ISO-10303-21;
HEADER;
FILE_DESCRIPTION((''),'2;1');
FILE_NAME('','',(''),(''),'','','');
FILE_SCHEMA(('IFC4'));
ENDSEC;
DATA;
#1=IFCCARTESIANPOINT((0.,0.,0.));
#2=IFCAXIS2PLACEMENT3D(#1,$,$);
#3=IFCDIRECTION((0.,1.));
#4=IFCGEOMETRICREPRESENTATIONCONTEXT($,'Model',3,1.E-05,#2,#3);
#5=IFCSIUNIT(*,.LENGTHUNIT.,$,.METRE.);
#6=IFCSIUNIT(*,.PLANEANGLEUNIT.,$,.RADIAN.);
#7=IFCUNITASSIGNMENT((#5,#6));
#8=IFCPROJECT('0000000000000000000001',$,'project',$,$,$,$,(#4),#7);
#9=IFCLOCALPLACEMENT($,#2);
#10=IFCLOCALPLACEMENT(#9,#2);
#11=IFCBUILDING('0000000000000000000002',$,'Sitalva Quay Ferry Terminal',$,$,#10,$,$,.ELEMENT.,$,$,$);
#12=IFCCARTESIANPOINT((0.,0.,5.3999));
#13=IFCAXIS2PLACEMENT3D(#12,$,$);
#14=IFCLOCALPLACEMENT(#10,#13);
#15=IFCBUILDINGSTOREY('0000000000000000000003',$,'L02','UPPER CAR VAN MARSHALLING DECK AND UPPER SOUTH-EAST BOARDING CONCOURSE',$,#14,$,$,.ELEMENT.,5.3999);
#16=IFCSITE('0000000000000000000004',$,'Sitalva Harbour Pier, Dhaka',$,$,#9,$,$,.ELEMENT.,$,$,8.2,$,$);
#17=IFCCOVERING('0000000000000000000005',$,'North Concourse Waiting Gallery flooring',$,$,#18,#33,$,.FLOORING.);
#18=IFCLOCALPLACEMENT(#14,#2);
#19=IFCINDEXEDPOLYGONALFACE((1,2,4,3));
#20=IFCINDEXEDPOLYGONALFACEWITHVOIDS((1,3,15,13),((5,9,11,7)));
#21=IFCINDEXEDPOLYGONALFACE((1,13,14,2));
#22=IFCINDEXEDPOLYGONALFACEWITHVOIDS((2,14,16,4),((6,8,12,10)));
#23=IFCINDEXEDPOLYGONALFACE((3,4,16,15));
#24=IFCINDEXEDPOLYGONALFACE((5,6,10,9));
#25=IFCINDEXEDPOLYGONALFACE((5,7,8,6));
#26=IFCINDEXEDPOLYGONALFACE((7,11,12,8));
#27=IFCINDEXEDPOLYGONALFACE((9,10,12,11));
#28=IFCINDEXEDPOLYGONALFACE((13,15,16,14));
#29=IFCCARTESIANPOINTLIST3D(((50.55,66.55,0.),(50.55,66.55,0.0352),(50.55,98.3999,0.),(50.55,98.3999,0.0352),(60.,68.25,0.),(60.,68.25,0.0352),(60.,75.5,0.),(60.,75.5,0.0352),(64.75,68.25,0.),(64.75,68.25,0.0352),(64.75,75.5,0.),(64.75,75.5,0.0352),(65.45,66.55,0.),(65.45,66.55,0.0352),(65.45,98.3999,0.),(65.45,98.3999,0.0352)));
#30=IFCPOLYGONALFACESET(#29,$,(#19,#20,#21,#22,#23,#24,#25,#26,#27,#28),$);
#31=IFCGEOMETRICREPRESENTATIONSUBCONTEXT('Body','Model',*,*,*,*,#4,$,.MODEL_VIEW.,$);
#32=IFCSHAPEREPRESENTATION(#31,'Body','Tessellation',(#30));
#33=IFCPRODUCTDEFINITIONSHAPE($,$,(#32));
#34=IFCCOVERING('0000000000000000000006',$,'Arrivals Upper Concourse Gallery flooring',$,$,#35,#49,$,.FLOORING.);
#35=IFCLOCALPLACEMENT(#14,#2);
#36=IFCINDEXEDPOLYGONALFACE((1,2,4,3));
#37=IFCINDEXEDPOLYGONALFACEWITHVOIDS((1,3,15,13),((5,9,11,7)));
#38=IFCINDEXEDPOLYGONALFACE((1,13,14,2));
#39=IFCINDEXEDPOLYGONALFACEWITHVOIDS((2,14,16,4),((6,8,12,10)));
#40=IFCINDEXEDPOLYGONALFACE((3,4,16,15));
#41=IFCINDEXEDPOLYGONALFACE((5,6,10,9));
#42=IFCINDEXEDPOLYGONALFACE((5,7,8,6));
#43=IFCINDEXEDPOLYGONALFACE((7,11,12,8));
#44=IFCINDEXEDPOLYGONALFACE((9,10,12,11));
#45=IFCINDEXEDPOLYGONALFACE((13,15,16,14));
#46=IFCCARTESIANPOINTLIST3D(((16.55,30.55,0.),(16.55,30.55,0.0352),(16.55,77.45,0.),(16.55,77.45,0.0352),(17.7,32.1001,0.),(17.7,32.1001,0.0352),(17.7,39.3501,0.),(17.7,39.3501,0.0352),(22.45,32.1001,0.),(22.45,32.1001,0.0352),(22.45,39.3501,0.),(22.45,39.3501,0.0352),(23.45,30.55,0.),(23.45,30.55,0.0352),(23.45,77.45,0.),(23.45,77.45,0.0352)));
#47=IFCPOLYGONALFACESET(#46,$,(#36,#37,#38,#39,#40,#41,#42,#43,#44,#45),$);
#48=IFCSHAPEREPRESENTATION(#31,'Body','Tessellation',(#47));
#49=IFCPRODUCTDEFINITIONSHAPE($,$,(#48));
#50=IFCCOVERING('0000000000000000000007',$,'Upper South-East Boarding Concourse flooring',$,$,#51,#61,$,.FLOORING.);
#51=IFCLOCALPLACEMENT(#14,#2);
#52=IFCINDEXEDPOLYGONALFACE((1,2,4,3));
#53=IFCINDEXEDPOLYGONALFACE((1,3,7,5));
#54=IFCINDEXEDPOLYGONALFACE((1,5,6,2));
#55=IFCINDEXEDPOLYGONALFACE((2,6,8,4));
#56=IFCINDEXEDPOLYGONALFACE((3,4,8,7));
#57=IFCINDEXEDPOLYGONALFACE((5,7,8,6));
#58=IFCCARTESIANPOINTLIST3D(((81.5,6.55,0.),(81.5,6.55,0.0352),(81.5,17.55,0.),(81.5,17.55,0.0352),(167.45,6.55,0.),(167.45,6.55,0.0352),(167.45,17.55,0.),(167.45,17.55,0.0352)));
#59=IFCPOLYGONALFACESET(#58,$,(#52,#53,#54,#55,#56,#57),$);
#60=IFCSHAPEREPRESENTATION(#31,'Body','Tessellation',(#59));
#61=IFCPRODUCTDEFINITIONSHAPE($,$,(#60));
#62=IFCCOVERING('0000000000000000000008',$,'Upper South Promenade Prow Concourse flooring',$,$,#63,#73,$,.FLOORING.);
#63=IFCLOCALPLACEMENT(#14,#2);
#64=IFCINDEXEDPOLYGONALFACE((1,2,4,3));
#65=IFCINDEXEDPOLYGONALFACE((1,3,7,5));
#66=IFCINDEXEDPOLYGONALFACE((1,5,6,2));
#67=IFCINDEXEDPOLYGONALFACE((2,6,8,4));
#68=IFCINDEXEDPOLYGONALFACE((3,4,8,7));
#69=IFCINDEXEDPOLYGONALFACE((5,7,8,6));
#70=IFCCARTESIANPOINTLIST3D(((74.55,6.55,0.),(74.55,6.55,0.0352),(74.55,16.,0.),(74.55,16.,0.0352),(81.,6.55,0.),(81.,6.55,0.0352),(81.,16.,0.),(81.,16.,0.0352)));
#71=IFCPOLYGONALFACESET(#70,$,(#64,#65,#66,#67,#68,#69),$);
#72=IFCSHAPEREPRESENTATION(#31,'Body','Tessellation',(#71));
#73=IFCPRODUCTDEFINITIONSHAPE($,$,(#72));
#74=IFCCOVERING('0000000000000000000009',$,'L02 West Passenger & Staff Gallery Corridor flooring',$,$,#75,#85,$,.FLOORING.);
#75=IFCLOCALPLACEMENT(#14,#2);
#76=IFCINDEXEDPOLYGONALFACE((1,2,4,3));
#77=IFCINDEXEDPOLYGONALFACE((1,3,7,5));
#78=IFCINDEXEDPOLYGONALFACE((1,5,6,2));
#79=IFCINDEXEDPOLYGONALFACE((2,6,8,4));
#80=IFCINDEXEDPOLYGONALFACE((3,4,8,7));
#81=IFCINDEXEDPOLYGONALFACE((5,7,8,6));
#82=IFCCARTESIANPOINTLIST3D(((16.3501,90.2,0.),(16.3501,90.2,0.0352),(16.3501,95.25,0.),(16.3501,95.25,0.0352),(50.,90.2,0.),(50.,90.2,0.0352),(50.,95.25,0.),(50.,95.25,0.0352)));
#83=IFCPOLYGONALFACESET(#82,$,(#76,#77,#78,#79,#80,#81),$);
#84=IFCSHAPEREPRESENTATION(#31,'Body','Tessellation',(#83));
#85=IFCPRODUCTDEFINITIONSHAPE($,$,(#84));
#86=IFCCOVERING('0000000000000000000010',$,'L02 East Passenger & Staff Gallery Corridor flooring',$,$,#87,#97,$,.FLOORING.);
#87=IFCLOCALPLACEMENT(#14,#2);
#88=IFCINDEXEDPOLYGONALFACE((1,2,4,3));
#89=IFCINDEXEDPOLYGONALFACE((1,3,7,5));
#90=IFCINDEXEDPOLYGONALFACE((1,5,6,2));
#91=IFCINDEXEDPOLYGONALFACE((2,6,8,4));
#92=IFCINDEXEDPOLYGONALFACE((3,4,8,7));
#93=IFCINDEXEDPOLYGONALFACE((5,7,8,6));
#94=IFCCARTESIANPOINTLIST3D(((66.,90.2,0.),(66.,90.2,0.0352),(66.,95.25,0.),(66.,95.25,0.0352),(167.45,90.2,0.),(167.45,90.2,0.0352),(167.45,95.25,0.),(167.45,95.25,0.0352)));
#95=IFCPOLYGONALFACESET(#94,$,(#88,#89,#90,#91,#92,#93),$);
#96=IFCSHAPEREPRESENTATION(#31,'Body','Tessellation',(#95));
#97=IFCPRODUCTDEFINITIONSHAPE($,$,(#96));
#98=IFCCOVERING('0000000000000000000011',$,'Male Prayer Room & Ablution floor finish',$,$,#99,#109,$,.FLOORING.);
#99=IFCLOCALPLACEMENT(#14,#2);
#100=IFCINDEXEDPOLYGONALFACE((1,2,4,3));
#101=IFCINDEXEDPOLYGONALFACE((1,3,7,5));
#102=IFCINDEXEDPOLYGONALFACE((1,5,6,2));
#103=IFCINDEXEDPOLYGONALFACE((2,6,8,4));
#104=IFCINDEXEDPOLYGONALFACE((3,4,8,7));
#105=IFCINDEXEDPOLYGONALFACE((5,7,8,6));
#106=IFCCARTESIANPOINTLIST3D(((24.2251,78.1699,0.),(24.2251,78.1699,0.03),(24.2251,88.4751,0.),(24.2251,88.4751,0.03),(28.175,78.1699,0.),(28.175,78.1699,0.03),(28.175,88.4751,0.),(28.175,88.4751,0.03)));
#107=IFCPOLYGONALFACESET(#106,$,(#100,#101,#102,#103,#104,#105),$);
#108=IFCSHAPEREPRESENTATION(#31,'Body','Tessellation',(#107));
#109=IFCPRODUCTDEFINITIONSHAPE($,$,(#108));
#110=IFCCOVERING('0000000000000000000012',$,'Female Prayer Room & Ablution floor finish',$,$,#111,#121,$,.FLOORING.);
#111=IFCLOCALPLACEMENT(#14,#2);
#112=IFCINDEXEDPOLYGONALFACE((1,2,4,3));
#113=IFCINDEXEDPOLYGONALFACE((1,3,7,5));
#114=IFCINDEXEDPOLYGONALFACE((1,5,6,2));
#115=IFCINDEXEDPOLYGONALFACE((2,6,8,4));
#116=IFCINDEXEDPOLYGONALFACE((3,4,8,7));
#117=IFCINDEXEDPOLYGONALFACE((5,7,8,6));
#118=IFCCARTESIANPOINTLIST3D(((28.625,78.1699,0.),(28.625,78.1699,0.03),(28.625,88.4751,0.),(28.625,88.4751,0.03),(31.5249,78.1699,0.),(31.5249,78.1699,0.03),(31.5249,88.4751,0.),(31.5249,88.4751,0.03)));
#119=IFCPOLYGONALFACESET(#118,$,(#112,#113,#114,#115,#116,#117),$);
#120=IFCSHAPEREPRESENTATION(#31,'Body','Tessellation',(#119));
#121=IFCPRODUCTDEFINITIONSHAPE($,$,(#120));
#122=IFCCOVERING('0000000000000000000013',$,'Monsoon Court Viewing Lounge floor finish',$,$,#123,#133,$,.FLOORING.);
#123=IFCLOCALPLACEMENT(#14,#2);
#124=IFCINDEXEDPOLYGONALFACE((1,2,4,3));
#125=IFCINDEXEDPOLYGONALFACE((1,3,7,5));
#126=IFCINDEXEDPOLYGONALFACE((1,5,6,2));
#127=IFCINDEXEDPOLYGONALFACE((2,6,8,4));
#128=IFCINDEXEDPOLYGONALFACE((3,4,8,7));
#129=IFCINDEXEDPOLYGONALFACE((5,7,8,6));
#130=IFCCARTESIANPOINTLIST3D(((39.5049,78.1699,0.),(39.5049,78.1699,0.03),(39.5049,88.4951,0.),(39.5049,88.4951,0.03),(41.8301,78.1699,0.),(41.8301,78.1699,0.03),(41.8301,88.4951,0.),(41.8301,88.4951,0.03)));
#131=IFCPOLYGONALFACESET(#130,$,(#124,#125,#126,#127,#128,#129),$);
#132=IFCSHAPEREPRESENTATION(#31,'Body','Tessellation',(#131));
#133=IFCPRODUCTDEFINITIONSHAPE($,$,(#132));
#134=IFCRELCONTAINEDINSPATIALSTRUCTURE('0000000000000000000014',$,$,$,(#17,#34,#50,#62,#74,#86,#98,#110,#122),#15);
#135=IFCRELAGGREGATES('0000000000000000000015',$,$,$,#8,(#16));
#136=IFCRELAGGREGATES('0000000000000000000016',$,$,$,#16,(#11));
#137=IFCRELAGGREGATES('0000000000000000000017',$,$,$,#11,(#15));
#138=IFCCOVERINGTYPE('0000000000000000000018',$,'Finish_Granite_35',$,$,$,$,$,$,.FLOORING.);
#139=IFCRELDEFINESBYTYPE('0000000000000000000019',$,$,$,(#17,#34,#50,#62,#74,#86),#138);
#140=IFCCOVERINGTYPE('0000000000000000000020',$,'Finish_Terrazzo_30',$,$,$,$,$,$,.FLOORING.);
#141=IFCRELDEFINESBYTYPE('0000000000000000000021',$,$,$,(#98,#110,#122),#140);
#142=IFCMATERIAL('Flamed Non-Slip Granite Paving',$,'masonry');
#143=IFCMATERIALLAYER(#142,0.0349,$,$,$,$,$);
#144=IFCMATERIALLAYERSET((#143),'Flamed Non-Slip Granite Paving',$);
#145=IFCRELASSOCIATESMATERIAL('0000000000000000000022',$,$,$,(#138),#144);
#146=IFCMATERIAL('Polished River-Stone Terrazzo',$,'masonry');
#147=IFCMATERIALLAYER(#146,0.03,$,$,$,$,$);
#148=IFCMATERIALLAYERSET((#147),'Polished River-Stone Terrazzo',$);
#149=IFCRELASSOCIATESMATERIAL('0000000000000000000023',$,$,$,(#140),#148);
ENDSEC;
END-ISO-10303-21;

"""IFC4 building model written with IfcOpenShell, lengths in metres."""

from ifc_helpers import new_model, si_unit, direction, frame, origin, place, context, subcontext, project, spatial, polyline, outline, extrude, material, layer, layer_set, type_object, element, save


model = new_model("IFC4")

# Units and contexts
model_context = context("Model", 3, precision=1e-05, world=origin(), true_north=direction((0.0, 1.0)))
body_context = subcontext(model_context, "Body", "Model", "MODEL_VIEW")
ifc_project = project(units=[si_unit("LENGTHUNIT", "METRE"), si_unit("PLANEANGLEUNIT", "RADIAN")], contexts=[model_context])

# Site, building, storey
site_placement = place(None, origin())
site = spatial("IfcSite", under=ifc_project, at=site_placement, Name="Sitalva Harbour Pier, Dhaka", CompositionType="ELEMENT", RefElevation=8.2)
building_placement = place(site_placement, origin())
building = spatial("IfcBuilding", under=site, at=building_placement, Name="Sitalva Quay Ferry Terminal", CompositionType="ELEMENT")
storey_placement = place(building_placement, frame((0.0, 0.0, 5.3999)))
storey = spatial("IfcBuildingStorey", under=building, at=storey_placement, Name="L02", Description="UPPER CAR VAN MARSHALLING DECK AND UPPER SOUTH-EAST BOARDING CONCOURSE", CompositionType="ELEMENT", Elevation=5.3999)

# Coverings
ifc_material_1 = material(Name="Flamed Non-Slip Granite Paving", Category="masonry")
ifc_layer_1 = layer(ifc_material_1, 0.0349)
ifc_layer_set_1 = layer_set([ifc_layer_1], Name="Flamed Non-Slip Granite Paving")
covering_type_1 = type_object("IfcCoveringType", Name="Finish_Granite_35", PredefinedType="FLOORING", material=ifc_layer_set_1)
covering_1_placement = place(storey_placement, origin())
element("IfcCovering", 1, at=covering_1_placement, inside=storey, type_object=covering_type_1, Name="North Concourse Waiting Gallery flooring", PredefinedType="FLOORING", context=body_context, shape_type="SweptSolid", body=[
    extrude(outline(polyline([(50.55, 66.55), (65.45, 66.55), (65.45, 98.3999), (50.55, 98.3999), (50.55, 66.55)]), holes=[polyline([(60.0, 68.25), (60.0, 75.5), (64.75, 75.5), (64.75, 68.25), (60.0, 68.25)])]), origin(), (0.0, 0.0, 1.0), 0.0352),
])
covering_2_placement = place(storey_placement, origin())
element("IfcCovering", 2, at=covering_2_placement, inside=storey, type_object=covering_type_1, Name="Arrivals Upper Concourse Gallery flooring", PredefinedType="FLOORING", context=body_context, shape_type="SweptSolid", body=[
    extrude(outline(polyline([(16.55, 30.55), (23.45, 30.55), (23.45, 77.45), (16.55, 77.45), (16.55, 30.55)]), holes=[polyline([(17.7, 32.1001), (17.7, 39.3501), (22.45, 39.3501), (22.45, 32.1001), (17.7, 32.1001)])]), origin(), (0.0, 0.0, 1.0), 0.0352),
])
covering_3_placement = place(storey_placement, origin())
element("IfcCovering", 3, at=covering_3_placement, inside=storey, type_object=covering_type_1, Name="Upper South-East Boarding Concourse flooring", PredefinedType="FLOORING", context=body_context, shape_type="SweptSolid", body=[
    extrude(outline(polyline([(81.5, 6.55), (167.45, 6.55), (167.45, 17.55), (81.5, 17.55), (81.5, 6.55)])), origin(), (0.0, 0.0, 1.0), 0.0352),
])
covering_4_placement = place(storey_placement, origin())
element("IfcCovering", 4, at=covering_4_placement, inside=storey, type_object=covering_type_1, Name="Upper South Promenade Prow Concourse flooring", PredefinedType="FLOORING", context=body_context, shape_type="SweptSolid", body=[
    extrude(outline(polyline([(74.55, 6.55), (81.0, 6.55), (81.0, 16.0), (74.55, 16.0), (74.55, 6.55)])), origin(), (0.0, 0.0, 1.0), 0.0352),
])
covering_5_placement = place(storey_placement, origin())
element("IfcCovering", 5, at=covering_5_placement, inside=storey, type_object=covering_type_1, Name="L02 West Passenger & Staff Gallery Corridor flooring", PredefinedType="FLOORING", context=body_context, shape_type="SweptSolid", body=[
    extrude(outline(polyline([(16.3501, 90.2), (50.0, 90.2), (50.0, 95.25), (16.3501, 95.25), (16.3501, 90.2)])), origin(), (0.0, 0.0, 1.0), 0.0352),
])
covering_6_placement = place(storey_placement, origin())
element("IfcCovering", 6, at=covering_6_placement, inside=storey, type_object=covering_type_1, Name="L02 East Passenger & Staff Gallery Corridor flooring", PredefinedType="FLOORING", context=body_context, shape_type="SweptSolid", body=[
    extrude(outline(polyline([(66.0, 90.2), (167.45, 90.2), (167.45, 95.25), (66.0, 95.25), (66.0, 90.2)])), origin(), (0.0, 0.0, 1.0), 0.0352),
])
ifc_material_2 = material(Name="Polished River-Stone Terrazzo", Category="masonry")
ifc_layer_2 = layer(ifc_material_2, 0.03)
ifc_layer_set_2 = layer_set([ifc_layer_2], Name="Polished River-Stone Terrazzo")
covering_type_2 = type_object("IfcCoveringType", Name="Finish_Terrazzo_30", PredefinedType="FLOORING", material=ifc_layer_set_2)
covering_7_placement = place(storey_placement, origin())
element("IfcCovering", 7, at=covering_7_placement, inside=storey, type_object=covering_type_2, Name="Male Prayer Room & Ablution floor finish", PredefinedType="FLOORING", context=body_context, shape_type="SweptSolid", body=[
    extrude(outline(polyline([(24.2251, 78.1699), (28.175, 78.1699), (28.175, 88.4751), (24.2251, 88.4751), (24.2251, 78.1699)])), origin(), (0.0, 0.0, 1.0), 0.03),
])
covering_8_placement = place(storey_placement, origin())
element("IfcCovering", 8, at=covering_8_placement, inside=storey, type_object=covering_type_2, Name="Female Prayer Room & Ablution floor finish", PredefinedType="FLOORING", context=body_context, shape_type="SweptSolid", body=[
    extrude(outline(polyline([(28.625, 78.1699), (31.5249, 78.1699), (31.5249, 88.4751), (28.625, 88.4751), (28.625, 78.1699)])), origin(), (0.0, 0.0, 1.0), 0.03),
])
covering_9_placement = place(storey_placement, origin())
element("IfcCovering", 9, at=covering_9_placement, inside=storey, type_object=covering_type_2, Name="Monsoon Court Viewing Lounge floor finish", PredefinedType="FLOORING", context=body_context, shape_type="SweptSolid", body=[
    extrude(outline(polyline([(39.5049, 78.1699), (41.8301, 78.1699), (41.8301, 88.4951), (39.5049, 88.4951), (39.5049, 78.1699)])), origin(), (0.0, 0.0, 1.0), 0.03),
])

save(model, "model.ifc")
